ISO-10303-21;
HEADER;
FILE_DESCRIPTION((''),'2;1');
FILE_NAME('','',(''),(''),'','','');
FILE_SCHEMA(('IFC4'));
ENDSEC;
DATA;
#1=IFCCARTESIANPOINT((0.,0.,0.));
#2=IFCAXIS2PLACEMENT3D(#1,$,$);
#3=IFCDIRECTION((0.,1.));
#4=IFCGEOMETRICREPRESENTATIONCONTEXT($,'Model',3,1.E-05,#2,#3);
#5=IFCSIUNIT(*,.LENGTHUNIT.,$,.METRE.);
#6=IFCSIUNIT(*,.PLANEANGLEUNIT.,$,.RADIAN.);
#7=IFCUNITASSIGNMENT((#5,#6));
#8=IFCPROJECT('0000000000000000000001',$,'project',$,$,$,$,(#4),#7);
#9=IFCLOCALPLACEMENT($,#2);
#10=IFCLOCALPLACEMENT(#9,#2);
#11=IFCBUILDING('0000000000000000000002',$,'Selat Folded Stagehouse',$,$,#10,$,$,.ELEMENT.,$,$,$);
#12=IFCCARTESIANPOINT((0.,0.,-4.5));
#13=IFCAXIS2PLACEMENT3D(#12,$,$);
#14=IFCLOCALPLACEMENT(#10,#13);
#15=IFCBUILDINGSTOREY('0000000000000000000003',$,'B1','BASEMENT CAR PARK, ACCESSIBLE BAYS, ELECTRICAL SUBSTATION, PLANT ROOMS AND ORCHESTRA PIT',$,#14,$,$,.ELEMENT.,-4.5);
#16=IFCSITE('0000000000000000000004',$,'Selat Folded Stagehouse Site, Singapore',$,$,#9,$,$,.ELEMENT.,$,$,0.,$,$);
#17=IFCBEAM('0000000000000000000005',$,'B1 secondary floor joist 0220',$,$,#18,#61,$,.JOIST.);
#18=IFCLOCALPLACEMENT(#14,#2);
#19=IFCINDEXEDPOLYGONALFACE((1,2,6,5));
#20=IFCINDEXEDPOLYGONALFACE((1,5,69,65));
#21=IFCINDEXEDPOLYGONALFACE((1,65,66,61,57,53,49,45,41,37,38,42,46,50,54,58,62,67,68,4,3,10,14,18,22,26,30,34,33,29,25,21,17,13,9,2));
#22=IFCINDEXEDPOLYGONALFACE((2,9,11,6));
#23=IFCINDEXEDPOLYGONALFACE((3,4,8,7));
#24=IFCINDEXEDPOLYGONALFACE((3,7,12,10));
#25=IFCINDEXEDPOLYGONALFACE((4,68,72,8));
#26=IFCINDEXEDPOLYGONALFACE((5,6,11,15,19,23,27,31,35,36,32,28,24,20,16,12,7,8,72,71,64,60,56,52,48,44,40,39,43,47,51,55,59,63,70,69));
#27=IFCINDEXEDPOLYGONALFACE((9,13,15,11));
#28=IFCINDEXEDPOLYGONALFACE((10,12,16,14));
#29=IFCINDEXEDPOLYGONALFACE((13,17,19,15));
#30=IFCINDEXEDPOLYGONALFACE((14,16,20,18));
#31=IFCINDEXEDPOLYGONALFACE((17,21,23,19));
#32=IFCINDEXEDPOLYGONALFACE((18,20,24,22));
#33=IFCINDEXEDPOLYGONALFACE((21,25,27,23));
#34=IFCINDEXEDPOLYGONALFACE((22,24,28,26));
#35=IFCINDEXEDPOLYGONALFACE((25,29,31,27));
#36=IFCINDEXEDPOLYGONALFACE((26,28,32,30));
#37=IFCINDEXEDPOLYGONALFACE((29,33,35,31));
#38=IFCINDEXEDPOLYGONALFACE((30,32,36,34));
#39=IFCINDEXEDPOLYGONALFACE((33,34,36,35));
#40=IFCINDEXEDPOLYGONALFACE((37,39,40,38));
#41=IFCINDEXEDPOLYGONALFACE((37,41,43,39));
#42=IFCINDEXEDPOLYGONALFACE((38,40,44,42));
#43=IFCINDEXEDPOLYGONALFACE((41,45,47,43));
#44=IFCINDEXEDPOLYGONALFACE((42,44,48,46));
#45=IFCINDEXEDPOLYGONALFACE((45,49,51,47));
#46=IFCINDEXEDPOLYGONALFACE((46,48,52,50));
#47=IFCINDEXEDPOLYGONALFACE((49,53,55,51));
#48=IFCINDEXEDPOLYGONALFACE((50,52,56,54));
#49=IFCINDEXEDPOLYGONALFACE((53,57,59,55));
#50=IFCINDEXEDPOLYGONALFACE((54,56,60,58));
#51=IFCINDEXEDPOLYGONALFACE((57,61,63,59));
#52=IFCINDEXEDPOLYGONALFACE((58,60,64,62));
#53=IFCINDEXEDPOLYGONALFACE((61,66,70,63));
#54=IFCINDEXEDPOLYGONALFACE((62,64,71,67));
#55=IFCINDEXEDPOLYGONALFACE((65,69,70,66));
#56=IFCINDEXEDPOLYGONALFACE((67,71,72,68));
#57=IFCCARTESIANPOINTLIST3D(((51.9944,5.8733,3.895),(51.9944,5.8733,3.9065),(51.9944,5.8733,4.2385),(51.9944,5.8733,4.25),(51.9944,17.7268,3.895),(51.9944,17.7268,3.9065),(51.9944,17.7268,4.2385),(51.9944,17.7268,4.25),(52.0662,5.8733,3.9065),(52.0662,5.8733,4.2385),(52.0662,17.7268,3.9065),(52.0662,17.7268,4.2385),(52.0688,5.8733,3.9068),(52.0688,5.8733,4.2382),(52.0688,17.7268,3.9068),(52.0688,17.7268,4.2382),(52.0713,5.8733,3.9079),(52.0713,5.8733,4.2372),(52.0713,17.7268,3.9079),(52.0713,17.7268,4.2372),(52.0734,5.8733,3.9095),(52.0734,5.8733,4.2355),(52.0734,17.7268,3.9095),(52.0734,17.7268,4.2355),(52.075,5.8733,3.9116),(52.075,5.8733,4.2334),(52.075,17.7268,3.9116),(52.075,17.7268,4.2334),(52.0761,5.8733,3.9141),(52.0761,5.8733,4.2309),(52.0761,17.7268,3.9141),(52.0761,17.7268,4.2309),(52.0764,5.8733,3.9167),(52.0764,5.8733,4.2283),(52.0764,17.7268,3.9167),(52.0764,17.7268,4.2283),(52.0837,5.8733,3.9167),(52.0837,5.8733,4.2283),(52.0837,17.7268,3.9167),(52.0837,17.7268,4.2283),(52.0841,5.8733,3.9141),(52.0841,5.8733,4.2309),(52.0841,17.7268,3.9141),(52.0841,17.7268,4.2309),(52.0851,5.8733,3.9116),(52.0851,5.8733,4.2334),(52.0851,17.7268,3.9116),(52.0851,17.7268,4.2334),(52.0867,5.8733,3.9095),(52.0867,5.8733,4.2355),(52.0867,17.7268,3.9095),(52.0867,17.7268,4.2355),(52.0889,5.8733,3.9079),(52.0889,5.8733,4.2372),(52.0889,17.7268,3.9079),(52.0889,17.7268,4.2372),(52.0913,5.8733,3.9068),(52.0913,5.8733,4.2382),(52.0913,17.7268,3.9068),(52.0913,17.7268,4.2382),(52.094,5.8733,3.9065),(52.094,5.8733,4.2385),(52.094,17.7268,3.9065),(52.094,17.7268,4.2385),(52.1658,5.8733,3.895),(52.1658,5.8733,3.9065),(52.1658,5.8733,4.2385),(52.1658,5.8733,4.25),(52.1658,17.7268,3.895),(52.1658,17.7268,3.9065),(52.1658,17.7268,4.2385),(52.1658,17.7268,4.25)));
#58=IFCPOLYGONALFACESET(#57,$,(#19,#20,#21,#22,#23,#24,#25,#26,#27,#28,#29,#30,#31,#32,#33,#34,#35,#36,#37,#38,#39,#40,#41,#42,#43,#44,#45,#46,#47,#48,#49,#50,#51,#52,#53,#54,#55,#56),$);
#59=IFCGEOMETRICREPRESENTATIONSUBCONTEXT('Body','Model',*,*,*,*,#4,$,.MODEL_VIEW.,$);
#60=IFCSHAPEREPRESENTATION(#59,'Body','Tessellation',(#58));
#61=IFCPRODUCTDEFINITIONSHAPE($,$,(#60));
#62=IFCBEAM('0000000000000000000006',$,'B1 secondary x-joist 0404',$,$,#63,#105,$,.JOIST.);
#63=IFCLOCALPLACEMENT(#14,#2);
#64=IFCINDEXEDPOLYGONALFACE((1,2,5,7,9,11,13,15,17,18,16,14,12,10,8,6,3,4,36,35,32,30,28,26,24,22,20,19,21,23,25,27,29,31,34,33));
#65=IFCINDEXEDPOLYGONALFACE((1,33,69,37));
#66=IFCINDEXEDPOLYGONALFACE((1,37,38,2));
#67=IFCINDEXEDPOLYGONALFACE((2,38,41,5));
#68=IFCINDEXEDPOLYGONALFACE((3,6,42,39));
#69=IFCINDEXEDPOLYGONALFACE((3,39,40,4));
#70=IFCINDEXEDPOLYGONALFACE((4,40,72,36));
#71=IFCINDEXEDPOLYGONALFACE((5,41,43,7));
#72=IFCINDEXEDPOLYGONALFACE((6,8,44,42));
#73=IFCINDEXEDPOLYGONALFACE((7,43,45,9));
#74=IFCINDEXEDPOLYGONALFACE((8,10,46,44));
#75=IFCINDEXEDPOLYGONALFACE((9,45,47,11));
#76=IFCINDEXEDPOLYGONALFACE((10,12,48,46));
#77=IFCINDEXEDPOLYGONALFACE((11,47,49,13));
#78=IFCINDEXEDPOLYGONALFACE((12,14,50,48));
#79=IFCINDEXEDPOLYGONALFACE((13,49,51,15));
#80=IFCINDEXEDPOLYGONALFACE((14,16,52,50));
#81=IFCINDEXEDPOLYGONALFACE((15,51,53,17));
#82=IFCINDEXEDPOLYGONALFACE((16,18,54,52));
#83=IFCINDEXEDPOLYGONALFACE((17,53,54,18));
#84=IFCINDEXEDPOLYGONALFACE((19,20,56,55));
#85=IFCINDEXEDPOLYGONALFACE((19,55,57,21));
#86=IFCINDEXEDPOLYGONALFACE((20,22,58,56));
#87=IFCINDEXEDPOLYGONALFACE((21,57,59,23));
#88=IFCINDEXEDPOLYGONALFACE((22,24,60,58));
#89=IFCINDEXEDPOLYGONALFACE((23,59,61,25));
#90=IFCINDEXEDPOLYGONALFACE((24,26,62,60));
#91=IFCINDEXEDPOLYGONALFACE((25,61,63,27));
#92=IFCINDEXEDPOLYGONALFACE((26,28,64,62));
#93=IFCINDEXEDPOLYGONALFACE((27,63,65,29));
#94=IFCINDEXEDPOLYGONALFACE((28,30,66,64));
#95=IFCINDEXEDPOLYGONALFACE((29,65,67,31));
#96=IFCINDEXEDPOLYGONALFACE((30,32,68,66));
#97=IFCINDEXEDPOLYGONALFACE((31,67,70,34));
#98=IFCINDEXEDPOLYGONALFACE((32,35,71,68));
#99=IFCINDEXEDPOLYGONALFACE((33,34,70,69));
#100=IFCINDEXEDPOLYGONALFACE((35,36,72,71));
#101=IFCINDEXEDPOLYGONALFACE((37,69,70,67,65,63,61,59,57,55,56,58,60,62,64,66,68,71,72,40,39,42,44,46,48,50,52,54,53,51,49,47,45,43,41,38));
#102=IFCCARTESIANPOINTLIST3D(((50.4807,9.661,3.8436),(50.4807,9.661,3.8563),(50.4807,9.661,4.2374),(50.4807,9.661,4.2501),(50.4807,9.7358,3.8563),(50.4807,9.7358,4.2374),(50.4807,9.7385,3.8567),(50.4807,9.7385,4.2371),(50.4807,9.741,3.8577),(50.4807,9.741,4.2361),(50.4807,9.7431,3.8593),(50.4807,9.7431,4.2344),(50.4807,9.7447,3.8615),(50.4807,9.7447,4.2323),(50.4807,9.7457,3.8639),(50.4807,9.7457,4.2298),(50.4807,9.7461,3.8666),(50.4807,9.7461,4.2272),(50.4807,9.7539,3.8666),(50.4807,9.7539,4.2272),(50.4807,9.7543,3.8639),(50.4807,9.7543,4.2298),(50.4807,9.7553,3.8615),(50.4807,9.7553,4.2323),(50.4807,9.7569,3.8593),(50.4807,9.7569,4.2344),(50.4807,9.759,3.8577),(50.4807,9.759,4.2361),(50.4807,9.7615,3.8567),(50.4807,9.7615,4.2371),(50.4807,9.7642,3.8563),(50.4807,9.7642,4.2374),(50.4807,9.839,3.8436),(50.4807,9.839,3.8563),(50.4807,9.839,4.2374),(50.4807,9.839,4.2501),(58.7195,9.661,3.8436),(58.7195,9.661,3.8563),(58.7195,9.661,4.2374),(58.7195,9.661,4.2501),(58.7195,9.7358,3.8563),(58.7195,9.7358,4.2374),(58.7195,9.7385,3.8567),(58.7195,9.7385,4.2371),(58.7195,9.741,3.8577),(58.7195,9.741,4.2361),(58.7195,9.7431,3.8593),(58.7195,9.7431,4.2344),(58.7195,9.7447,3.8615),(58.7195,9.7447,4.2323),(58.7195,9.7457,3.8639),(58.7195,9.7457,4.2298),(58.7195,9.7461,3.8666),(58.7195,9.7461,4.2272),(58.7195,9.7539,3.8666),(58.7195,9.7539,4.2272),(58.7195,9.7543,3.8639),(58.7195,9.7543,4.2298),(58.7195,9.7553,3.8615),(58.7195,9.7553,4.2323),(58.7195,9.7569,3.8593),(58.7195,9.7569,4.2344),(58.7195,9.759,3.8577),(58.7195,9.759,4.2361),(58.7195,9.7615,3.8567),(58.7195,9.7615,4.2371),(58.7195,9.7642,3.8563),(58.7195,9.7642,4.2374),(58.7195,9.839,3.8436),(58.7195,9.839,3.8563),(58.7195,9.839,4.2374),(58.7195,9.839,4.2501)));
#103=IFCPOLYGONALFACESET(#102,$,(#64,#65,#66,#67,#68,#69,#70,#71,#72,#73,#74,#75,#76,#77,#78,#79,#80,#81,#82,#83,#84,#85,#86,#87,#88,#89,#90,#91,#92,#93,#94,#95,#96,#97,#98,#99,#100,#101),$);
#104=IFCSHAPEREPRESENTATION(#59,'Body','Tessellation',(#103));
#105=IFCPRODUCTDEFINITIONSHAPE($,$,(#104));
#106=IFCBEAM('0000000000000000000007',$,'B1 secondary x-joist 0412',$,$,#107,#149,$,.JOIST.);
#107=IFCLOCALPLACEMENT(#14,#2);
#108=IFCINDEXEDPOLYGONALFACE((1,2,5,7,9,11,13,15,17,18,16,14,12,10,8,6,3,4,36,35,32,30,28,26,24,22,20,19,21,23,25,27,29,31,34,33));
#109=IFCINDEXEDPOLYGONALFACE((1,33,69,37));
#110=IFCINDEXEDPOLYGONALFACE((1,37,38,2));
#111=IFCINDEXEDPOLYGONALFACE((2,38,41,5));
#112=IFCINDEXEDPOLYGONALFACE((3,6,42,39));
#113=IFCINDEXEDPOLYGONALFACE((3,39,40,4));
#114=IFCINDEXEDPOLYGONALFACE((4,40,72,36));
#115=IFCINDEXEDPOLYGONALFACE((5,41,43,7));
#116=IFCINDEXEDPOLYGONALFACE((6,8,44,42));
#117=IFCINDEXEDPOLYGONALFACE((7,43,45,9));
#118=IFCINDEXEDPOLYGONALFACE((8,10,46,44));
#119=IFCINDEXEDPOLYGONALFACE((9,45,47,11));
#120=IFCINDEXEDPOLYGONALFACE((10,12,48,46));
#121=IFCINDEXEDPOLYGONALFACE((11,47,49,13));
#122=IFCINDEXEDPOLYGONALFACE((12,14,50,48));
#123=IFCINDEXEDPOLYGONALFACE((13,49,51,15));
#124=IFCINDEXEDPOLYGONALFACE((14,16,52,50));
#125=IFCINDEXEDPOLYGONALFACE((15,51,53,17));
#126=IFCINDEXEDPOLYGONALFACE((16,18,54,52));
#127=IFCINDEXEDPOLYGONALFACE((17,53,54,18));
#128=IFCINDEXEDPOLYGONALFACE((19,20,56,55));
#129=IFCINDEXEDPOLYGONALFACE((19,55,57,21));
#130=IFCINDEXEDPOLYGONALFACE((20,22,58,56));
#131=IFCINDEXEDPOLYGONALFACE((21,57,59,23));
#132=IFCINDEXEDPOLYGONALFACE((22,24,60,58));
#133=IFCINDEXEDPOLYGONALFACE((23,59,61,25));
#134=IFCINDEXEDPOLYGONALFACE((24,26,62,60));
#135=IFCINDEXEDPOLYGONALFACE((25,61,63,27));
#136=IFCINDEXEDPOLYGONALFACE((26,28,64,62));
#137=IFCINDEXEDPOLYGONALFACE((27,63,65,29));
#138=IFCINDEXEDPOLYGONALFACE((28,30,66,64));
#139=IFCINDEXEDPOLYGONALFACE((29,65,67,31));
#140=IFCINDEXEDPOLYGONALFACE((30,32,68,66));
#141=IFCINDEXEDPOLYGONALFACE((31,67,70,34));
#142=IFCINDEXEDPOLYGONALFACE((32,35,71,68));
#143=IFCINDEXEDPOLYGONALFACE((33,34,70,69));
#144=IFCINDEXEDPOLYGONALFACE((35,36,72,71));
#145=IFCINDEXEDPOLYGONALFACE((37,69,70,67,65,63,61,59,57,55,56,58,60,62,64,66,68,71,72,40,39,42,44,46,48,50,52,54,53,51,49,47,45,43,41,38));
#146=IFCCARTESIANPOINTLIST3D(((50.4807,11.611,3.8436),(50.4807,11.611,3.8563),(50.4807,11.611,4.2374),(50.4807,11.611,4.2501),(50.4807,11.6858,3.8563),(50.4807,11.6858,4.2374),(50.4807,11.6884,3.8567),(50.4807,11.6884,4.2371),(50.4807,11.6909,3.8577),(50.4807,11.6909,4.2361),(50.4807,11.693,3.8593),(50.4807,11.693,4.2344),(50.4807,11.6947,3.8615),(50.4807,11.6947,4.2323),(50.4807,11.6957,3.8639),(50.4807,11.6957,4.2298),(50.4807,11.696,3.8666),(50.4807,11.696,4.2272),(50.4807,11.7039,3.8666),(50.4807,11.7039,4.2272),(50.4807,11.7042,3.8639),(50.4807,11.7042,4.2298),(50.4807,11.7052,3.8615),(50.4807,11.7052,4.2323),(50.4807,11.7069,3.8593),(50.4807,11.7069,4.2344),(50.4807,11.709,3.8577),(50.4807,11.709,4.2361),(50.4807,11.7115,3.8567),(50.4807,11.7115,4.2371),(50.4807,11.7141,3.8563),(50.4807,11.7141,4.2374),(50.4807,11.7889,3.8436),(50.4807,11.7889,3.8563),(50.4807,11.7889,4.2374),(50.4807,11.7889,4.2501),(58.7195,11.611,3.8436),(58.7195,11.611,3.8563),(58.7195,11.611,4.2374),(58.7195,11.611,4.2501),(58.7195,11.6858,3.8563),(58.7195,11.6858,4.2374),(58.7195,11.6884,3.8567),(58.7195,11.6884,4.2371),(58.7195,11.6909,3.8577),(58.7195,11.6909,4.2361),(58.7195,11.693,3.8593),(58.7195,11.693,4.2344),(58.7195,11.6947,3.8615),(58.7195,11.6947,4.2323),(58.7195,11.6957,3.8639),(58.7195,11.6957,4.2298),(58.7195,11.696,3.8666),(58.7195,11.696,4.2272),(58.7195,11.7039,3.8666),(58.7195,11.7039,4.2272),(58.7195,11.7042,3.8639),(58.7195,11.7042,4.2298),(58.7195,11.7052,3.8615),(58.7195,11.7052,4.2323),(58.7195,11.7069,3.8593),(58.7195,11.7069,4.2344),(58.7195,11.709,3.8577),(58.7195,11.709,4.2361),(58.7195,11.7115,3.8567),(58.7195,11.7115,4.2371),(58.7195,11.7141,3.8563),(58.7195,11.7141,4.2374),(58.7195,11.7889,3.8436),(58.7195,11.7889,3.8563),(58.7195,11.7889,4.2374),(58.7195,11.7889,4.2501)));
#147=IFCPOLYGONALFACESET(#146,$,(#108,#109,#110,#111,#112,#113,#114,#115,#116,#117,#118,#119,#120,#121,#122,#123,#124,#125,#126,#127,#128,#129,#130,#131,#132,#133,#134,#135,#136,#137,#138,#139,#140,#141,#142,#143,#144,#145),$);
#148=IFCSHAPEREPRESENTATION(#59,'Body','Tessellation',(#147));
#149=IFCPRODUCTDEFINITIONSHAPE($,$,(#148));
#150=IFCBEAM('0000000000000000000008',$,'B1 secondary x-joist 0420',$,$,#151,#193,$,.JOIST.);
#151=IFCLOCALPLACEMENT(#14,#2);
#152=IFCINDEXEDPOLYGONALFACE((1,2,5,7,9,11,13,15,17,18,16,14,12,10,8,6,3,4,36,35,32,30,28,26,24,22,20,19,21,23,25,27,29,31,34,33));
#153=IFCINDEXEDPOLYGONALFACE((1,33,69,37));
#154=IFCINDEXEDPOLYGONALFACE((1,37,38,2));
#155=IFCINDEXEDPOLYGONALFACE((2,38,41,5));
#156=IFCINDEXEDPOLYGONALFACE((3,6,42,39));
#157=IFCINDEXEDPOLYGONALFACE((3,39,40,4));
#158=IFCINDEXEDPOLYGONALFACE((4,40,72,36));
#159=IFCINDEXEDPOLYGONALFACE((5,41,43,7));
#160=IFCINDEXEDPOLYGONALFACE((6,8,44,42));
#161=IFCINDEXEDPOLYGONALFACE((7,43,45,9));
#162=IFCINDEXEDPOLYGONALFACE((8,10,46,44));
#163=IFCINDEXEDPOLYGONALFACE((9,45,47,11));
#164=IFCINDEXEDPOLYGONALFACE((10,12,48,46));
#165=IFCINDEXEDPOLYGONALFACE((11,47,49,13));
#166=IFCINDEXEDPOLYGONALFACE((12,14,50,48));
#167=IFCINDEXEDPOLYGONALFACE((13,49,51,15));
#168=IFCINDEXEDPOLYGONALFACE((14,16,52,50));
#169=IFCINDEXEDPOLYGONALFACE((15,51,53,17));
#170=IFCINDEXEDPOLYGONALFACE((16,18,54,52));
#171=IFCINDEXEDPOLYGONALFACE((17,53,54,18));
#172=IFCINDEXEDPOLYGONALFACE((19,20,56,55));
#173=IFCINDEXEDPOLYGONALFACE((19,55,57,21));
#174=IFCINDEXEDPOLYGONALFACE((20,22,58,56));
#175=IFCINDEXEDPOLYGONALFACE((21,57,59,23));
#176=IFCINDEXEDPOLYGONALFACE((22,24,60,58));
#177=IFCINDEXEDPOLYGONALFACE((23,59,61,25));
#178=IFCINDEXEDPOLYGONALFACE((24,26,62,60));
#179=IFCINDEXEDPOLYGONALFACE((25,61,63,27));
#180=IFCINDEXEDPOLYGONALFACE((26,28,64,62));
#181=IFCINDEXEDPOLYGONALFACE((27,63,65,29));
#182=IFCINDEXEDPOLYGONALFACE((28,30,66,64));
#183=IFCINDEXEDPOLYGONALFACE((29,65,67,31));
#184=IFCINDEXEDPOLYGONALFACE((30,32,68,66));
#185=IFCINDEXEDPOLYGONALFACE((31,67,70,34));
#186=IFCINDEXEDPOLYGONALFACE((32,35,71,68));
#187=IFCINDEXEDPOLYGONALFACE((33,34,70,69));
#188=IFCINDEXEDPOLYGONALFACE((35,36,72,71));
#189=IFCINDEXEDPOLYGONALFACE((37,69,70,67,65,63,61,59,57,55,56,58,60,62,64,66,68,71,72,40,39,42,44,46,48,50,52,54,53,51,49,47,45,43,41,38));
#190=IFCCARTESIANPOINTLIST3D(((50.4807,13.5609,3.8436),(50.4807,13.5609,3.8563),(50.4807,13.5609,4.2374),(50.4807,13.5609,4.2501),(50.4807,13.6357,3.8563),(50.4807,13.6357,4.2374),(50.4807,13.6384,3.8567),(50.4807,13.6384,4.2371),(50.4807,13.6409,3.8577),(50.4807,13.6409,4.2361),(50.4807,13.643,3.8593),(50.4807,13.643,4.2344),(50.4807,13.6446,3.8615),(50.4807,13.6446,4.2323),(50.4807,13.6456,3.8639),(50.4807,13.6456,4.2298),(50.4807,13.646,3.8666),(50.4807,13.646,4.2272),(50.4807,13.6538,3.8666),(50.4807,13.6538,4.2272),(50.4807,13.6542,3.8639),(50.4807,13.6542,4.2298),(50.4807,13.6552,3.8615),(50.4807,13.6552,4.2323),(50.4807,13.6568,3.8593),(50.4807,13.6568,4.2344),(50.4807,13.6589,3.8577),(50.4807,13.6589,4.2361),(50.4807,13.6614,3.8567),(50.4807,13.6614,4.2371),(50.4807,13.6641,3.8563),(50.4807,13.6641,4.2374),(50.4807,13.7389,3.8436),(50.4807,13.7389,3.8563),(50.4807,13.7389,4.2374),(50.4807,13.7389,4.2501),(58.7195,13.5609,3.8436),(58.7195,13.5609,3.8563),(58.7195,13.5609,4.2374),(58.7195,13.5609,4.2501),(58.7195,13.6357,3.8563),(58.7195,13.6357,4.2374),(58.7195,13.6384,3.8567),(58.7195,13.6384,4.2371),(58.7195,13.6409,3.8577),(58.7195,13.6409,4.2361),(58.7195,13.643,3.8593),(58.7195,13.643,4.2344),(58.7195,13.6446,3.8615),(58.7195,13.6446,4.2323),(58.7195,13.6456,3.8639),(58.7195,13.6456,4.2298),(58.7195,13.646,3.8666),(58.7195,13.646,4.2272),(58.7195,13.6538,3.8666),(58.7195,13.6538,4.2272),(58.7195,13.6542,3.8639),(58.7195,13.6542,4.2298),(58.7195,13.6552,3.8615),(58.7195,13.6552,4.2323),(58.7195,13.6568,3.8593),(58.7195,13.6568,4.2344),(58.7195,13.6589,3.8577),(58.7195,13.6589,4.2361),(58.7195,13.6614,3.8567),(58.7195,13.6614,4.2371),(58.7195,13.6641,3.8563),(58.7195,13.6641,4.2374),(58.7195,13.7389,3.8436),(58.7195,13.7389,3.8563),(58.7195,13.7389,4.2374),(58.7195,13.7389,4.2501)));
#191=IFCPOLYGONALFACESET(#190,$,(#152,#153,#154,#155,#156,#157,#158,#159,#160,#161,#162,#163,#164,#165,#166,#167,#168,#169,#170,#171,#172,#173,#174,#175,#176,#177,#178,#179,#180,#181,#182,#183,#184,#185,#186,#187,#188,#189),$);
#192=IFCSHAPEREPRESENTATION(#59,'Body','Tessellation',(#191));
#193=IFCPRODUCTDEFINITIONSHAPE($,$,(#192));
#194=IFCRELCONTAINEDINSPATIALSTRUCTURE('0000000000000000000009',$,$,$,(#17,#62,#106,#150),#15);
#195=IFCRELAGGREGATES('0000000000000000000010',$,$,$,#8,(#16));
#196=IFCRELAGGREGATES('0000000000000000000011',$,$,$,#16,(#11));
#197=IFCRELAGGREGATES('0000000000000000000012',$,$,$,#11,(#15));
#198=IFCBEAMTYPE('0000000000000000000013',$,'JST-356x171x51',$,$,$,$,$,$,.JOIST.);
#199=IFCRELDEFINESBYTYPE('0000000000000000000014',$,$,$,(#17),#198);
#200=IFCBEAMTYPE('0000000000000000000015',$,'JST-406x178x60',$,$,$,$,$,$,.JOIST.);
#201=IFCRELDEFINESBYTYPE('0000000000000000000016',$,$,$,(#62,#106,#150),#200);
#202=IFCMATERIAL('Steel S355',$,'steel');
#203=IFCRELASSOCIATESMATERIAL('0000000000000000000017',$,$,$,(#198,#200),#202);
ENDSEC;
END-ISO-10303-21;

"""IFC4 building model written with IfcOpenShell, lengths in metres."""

from ifc_helpers import new_model, si_unit, direction, frame, origin, origin_2d, place, context, subcontext, project, spatial, i_section, extrude, material, material_profile, profile_set, type_object, element, save


model = new_model("IFC4")

# Units and contexts
model_context = context("Model", 3, precision=1e-05, world=origin(), true_north=direction((0.0, 1.0)))
body_context = subcontext(model_context, "Body", "Model", "MODEL_VIEW")
ifc_project = project(units=[si_unit("LENGTHUNIT", "METRE"), si_unit("PLANEANGLEUNIT", "RADIAN")], contexts=[model_context])

# Site, building, storey
site_placement = place(None, origin())
site = spatial("IfcSite", under=ifc_project, at=site_placement, Name="Selat Folded Stagehouse Site, Singapore", CompositionType="ELEMENT", RefElevation=0.0)
building_placement = place(site_placement, origin())
building = spatial("IfcBuilding", under=site, at=building_placement, Name="Selat Folded Stagehouse", CompositionType="ELEMENT")
storey_placement = place(building_placement, frame((0.0, 0.0, -4.5)))
storey = spatial("IfcBuildingStorey", under=building, at=storey_placement, Name="B1", Description="BASEMENT CAR PARK, ACCESSIBLE BAYS, ELECTRICAL SUBSTATION, PLANT ROOMS AND ORCHESTRA PIT", CompositionType="ELEMENT", Elevation=-4.5)

# Shared definitions
ifc_material_1 = material(Name="Steel S355", Category="steel")

# Beams
ifc_material_profile_1 = material_profile(ifc_material_1, i_section(OverallWidth=0.1714, OverallDepth=0.355, WebThickness=0.0073, FlangeThickness=0.0115, FilletRadius=0.0103, at=origin_2d()), Name="UKB 356x171x51")
ifc_profile_set_1 = profile_set([ifc_material_profile_1], Name="Steel S355")
beam_type_1 = type_object("IfcBeamType", Name="JST-356x171x51", PredefinedType="JOIST", material=ifc_profile_set_1)
for number, where, z_axis, x_axis, name in (
    (1, (52.0801, 5.8733, 4.0725), (0.0, 1.0, 0.0), (-1.0, 0.0, 0.0), "B1 secondary floor joist 0220"),
):
    element("IfcBeam", number, at=place(storey_placement, frame(where, z_axis=z_axis, x_axis=x_axis)), inside=storey, type_object=beam_type_1, Name=name, PredefinedType="JOIST", context=body_context, shape_type="SweptSolid", body=[
        extrude(i_section(OverallWidth=0.1714, OverallDepth=0.355, WebThickness=0.0073, FlangeThickness=0.0115, FilletRadius=0.0103, at=origin_2d()), origin(), (0.0, 0.0, 1.0), 11.8535),
    ])
ifc_material_profile_2 = material_profile(ifc_material_1, i_section(OverallWidth=0.178, OverallDepth=0.4065, WebThickness=0.0078, FlangeThickness=0.0127, FilletRadius=0.0103, at=origin_2d()), Name="UKB 406x178x60")
ifc_profile_set_2 = profile_set([ifc_material_profile_2], Name="Steel S355")
beam_type_2 = type_object("IfcBeamType", Name="JST-406x178x60", PredefinedType="JOIST", material=ifc_profile_set_2)
for number, where, z_axis, x_axis, name in (
    (2, (50.4807, 9.75, 4.0469), (1.0, 0.0, 0.0), (0.0, 1.0, 0.0), "B1 secondary x-joist 0404"),
    (3, (50.4807, 11.7, 4.0469), (1.0, 0.0, 0.0), (0.0, 1.0, 0.0), "B1 secondary x-joist 0412"),
    (4, (50.4807, 13.6499, 4.0469), (1.0, 0.0, 0.0), (0.0, 1.0, 0.0), "B1 secondary x-joist 0420"),
):
    element("IfcBeam", number, at=place(storey_placement, frame(where, z_axis=z_axis, x_axis=x_axis)), inside=storey, type_object=beam_type_2, Name=name, PredefinedType="JOIST", context=body_context, shape_type="SweptSolid", body=[
        extrude(i_section(OverallWidth=0.178, OverallDepth=0.4065, WebThickness=0.0078, FlangeThickness=0.0127, FilletRadius=0.0103, at=origin_2d()), origin(), (0.0, 0.0, 1.0), 8.2388),
    ])

save(model, "model.ifc")
